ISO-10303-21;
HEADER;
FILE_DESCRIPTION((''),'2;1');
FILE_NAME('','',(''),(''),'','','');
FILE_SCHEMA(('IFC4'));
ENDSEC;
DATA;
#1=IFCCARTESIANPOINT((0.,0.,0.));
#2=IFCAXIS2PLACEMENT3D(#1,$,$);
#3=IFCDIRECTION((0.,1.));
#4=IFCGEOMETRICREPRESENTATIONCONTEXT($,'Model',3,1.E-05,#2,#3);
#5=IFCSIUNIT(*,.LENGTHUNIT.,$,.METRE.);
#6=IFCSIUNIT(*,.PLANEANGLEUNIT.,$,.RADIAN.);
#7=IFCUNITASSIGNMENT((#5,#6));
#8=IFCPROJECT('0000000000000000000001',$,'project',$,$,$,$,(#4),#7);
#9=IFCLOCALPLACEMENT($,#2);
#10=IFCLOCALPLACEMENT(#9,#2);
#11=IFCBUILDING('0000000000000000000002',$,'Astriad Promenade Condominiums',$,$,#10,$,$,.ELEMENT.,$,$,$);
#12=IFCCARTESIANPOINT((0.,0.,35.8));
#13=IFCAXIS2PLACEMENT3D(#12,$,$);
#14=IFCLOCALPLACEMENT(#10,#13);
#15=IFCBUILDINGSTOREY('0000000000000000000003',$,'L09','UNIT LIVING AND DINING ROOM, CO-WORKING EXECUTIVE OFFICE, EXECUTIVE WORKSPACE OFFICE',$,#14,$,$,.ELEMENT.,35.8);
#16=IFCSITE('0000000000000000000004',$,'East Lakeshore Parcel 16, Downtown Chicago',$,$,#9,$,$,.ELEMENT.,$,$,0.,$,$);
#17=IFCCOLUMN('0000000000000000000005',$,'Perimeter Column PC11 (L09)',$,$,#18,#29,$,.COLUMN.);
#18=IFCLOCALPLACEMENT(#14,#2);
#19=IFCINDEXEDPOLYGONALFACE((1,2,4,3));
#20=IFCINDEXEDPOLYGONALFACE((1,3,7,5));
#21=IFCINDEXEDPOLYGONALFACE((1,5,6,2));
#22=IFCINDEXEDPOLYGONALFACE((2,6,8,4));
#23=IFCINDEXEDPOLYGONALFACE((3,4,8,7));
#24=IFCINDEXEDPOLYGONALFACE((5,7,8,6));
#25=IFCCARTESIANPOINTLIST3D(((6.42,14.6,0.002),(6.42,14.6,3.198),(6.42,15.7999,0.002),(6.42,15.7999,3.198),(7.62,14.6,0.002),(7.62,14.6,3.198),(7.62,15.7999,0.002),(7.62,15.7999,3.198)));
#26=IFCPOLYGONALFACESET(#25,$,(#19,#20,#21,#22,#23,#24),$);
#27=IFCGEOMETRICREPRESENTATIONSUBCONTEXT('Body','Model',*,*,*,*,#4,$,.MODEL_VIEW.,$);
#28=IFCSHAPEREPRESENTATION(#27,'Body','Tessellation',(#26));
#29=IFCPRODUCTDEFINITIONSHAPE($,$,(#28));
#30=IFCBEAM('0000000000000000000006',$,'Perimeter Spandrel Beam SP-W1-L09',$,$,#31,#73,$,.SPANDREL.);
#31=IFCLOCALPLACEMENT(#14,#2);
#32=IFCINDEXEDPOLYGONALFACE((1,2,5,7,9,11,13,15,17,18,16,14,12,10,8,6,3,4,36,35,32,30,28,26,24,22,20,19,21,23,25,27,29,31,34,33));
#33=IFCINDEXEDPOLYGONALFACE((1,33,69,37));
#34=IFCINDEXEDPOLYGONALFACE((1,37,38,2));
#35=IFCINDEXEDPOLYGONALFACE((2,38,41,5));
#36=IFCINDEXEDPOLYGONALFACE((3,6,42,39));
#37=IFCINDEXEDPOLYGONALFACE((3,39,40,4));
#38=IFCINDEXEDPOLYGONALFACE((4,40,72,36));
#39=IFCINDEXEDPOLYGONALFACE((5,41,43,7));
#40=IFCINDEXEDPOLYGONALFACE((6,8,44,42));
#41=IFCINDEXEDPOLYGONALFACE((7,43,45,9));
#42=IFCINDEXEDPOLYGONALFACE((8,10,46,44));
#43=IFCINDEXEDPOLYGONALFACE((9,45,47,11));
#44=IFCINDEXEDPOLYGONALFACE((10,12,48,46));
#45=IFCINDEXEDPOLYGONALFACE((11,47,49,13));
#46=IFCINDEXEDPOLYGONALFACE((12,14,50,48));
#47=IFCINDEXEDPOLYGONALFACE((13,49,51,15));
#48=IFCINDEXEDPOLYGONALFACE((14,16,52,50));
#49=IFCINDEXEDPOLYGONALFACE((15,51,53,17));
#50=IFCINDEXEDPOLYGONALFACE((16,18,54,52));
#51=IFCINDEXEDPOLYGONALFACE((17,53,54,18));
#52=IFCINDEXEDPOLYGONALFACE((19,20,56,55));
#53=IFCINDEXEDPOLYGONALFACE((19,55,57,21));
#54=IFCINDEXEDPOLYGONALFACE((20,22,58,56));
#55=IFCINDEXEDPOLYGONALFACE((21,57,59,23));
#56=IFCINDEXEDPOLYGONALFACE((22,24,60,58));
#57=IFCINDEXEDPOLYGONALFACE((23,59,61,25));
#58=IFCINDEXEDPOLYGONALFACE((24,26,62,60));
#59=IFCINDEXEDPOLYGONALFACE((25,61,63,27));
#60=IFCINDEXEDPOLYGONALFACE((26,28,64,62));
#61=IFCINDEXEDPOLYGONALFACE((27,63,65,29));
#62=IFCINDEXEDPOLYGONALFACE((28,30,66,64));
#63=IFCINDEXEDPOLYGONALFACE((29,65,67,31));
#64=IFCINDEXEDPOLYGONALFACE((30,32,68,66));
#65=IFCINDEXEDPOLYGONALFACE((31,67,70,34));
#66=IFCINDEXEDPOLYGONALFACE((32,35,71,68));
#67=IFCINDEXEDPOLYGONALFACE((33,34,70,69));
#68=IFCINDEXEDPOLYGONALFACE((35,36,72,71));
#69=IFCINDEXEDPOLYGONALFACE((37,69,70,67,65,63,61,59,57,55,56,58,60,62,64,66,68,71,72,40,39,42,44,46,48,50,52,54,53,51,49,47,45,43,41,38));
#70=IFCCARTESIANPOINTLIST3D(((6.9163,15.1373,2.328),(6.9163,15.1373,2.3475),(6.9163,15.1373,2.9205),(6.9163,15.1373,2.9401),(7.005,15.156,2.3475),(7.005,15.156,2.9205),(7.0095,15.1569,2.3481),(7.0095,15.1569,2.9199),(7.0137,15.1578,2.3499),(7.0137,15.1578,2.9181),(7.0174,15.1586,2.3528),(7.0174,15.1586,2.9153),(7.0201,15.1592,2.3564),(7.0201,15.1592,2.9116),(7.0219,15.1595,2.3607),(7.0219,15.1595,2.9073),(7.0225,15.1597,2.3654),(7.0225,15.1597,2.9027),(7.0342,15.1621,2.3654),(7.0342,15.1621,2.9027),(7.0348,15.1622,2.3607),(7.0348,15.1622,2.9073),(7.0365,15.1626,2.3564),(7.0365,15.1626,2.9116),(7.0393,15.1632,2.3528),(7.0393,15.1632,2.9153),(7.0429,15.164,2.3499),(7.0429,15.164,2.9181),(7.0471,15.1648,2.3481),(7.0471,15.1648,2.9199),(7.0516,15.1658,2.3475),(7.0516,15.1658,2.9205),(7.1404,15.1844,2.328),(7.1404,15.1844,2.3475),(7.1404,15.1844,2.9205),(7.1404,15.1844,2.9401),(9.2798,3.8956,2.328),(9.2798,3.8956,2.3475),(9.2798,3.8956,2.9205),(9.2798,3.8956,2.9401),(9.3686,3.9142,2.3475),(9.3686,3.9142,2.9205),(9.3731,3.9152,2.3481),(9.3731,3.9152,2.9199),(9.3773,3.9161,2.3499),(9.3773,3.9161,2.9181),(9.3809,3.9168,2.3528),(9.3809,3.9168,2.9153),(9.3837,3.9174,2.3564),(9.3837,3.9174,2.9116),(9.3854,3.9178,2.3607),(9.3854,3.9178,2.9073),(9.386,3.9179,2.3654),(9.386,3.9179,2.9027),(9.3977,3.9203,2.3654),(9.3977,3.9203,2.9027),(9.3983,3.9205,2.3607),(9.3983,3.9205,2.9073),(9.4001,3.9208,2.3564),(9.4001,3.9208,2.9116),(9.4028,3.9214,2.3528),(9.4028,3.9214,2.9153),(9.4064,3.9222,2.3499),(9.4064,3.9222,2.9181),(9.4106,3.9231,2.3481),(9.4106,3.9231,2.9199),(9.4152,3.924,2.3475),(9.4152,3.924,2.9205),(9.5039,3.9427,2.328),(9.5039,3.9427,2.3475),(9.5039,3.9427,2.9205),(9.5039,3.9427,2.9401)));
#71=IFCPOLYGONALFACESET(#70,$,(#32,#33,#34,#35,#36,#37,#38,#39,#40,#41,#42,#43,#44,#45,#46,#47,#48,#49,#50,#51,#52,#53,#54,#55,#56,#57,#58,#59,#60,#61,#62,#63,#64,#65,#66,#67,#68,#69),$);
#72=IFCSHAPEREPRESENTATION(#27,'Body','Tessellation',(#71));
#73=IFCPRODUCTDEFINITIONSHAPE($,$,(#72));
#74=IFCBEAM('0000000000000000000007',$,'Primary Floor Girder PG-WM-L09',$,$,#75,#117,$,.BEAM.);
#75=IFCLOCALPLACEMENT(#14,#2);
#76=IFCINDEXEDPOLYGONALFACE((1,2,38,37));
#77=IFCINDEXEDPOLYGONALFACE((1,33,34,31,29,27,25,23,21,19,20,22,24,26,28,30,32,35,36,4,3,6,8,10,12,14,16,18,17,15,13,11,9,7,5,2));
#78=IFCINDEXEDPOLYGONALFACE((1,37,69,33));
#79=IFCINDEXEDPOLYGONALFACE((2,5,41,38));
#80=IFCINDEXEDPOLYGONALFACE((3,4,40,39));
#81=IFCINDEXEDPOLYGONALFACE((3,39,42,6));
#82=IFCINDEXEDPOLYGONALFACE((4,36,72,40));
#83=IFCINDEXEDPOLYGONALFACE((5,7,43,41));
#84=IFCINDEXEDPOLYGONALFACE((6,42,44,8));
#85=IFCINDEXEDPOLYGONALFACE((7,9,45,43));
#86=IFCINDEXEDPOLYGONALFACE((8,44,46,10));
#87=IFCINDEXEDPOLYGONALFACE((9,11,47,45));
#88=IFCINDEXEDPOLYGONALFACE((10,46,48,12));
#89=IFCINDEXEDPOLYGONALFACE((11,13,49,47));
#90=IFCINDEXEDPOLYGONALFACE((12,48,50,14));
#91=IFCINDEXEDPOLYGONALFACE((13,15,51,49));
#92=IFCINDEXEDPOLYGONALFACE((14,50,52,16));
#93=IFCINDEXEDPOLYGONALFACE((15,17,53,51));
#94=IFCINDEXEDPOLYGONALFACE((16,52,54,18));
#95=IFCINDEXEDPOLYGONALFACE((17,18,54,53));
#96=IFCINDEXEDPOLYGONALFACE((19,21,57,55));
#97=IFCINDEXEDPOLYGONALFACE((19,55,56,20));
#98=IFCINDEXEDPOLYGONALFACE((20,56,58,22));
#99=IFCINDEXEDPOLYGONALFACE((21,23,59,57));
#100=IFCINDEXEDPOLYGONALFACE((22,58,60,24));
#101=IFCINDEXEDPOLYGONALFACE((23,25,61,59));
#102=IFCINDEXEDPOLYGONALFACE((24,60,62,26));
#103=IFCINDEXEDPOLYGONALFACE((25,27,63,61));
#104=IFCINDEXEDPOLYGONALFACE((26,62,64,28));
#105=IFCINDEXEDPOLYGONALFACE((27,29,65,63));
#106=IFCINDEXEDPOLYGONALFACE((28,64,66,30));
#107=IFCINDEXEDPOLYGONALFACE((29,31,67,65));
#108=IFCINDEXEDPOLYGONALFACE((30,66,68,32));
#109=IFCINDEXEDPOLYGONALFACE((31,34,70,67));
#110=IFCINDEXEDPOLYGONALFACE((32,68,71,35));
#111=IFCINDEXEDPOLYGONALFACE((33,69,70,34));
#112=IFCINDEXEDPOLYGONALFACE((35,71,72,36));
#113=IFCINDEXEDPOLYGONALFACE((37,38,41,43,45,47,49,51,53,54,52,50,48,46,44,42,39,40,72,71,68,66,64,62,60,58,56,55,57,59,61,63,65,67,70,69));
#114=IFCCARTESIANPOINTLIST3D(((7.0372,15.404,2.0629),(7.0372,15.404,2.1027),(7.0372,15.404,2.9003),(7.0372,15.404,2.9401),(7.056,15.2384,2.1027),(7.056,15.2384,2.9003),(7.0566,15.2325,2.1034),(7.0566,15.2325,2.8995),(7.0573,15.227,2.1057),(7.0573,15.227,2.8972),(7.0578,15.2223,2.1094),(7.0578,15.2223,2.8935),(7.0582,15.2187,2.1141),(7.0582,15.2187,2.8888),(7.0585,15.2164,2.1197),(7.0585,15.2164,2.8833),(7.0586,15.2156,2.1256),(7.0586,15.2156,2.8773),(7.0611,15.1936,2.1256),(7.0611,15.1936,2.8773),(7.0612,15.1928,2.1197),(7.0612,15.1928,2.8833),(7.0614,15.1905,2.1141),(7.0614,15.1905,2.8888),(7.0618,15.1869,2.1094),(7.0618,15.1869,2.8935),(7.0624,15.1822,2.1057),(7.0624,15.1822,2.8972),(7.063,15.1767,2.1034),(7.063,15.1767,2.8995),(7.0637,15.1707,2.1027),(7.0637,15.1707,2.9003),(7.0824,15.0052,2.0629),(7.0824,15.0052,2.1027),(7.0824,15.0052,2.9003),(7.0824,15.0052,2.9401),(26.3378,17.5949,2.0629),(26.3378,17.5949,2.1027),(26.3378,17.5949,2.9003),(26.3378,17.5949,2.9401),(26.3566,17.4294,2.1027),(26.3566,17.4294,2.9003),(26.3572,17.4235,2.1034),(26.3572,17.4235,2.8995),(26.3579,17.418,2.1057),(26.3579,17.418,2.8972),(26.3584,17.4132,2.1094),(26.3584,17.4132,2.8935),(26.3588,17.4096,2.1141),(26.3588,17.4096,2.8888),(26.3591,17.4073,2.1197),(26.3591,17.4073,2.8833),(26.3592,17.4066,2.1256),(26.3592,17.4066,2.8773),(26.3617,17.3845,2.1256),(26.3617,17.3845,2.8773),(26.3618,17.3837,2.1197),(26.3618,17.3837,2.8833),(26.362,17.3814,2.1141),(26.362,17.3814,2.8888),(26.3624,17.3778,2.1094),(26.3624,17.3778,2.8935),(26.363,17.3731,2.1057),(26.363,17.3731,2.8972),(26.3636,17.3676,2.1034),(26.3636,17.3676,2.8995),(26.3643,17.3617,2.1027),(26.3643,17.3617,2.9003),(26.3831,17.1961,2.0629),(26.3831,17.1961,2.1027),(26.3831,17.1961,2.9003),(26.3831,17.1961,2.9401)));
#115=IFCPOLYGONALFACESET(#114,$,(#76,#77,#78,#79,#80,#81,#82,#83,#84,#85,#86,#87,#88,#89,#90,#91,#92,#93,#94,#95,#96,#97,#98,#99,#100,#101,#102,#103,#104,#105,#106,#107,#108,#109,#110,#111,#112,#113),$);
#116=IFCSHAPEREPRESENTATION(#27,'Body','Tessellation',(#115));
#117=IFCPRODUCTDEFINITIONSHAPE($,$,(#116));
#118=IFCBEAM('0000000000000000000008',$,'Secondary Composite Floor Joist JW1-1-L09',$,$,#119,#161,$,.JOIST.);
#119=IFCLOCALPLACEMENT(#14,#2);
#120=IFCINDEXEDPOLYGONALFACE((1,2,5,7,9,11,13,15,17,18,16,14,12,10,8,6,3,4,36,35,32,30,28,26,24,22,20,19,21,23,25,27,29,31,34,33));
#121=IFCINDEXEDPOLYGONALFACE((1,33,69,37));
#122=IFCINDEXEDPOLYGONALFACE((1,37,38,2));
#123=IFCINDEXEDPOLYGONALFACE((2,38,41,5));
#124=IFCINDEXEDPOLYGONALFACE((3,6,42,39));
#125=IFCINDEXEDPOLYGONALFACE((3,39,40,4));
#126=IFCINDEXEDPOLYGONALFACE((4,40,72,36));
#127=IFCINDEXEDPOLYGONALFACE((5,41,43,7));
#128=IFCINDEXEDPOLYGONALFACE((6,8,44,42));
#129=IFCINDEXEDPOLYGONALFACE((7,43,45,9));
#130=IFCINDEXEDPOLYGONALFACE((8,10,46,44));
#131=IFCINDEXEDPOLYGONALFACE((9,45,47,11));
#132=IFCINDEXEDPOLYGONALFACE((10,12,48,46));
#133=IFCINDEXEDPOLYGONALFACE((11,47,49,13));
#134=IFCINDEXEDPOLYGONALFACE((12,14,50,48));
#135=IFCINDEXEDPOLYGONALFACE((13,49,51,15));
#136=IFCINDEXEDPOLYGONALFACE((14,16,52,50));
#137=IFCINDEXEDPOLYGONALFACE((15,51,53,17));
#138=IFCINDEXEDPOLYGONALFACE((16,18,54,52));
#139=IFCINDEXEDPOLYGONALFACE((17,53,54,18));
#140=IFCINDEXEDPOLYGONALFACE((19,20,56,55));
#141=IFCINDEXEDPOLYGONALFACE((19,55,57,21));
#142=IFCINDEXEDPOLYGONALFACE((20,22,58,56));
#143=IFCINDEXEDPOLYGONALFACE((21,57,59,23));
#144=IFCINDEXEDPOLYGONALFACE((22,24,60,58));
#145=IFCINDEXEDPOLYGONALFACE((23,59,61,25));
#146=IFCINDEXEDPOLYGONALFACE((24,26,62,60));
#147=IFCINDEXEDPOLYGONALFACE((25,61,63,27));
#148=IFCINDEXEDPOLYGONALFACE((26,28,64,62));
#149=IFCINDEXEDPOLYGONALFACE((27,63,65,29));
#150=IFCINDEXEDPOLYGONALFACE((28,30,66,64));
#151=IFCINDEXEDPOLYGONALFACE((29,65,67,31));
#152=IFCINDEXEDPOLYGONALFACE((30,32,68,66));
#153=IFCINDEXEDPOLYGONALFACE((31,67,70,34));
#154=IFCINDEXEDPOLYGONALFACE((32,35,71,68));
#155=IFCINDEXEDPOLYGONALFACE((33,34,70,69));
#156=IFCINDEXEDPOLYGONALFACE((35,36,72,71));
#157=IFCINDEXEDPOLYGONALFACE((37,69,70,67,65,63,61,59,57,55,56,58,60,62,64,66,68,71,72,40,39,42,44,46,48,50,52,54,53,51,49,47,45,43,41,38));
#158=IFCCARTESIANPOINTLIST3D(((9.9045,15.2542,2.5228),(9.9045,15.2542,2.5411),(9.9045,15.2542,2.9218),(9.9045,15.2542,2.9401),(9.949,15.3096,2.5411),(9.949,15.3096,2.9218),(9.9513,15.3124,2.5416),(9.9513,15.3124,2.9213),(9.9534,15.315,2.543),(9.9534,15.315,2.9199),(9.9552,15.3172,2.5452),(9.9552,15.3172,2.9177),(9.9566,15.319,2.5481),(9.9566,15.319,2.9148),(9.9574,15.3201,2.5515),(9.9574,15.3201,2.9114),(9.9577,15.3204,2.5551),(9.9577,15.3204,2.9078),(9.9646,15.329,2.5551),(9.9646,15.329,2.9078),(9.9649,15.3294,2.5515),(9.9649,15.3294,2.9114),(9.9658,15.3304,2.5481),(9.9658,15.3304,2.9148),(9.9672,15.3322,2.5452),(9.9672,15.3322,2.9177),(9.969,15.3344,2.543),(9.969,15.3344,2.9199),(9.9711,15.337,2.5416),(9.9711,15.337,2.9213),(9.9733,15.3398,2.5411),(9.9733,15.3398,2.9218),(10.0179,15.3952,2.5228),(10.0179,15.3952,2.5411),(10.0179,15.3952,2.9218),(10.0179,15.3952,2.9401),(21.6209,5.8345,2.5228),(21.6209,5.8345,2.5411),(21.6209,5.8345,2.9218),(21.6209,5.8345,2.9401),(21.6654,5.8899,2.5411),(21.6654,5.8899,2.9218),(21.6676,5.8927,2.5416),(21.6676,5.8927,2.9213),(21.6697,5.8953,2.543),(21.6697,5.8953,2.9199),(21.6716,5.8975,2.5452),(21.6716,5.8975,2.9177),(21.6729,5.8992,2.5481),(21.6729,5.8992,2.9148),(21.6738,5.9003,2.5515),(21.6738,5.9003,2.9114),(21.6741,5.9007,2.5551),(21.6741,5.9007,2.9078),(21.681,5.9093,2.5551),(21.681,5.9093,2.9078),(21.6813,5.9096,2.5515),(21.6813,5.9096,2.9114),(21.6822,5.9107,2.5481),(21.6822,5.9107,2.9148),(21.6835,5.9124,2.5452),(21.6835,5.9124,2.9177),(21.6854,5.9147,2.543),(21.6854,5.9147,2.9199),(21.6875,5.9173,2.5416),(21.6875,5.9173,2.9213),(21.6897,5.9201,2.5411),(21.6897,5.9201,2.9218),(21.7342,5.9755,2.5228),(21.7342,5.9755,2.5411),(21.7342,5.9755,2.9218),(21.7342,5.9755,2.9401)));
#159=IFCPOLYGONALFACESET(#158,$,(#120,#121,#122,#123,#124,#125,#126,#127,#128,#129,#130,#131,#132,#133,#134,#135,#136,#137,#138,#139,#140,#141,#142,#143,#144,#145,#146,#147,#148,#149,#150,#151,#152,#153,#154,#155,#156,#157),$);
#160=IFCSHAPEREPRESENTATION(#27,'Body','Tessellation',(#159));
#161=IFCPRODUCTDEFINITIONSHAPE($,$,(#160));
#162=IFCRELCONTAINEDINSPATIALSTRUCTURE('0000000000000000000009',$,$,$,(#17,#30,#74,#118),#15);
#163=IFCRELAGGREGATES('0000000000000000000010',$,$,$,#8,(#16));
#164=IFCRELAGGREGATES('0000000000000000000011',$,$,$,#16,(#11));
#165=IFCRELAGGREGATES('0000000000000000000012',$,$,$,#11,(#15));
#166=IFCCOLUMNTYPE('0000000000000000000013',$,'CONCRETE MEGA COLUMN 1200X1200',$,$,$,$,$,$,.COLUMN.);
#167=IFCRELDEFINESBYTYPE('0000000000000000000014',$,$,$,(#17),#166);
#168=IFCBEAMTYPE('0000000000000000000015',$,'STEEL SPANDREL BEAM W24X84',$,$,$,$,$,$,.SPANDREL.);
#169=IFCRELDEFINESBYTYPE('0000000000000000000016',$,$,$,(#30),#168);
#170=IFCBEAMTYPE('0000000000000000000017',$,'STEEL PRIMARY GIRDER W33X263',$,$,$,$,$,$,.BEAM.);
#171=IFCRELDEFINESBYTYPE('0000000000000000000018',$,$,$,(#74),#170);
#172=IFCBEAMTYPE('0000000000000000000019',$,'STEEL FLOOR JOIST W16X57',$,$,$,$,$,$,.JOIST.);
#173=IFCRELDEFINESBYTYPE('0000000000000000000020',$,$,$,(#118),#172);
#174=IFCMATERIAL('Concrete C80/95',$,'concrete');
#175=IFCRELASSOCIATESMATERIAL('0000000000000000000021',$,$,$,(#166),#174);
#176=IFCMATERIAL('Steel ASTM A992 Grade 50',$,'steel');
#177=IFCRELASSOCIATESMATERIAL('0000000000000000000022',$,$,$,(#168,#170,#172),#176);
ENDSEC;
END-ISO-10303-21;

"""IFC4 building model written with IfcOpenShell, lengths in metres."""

from ifc_helpers import new_model, si_unit, direction, frame, origin, origin_2d, place, context, subcontext, project, spatial, rectangle, i_section, extrude, source, transform, mapped, material, material_profile, profile_set, type_object, type_shapes, element, save


model = new_model("IFC4")

# Units and contexts
model_context = context("Model", 3, precision=1e-05, world=origin(), true_north=direction((0.0, 1.0)))
body_context = subcontext(model_context, "Body", "Model", "MODEL_VIEW")
ifc_project = project(units=[si_unit("LENGTHUNIT", "METRE"), si_unit("PLANEANGLEUNIT", "RADIAN")], contexts=[model_context])

# Site, building, storey
site_placement = place(None, origin())
site = spatial("IfcSite", under=ifc_project, at=site_placement, Name="East Lakeshore Parcel 16, Downtown Chicago", CompositionType="ELEMENT", RefElevation=0.0)
building_placement = place(site_placement, origin())
building = spatial("IfcBuilding", under=site, at=building_placement, Name="Astriad Promenade Condominiums", CompositionType="ELEMENT")
storey_placement = place(building_placement, frame((0.0, 0.0, 35.8)))
storey = spatial("IfcBuildingStorey", under=building, at=storey_placement, Name="L09", Description="UNIT LIVING AND DINING ROOM, CO-WORKING EXECUTIVE OFFICE, EXECUTIVE WORKSPACE OFFICE", CompositionType="ELEMENT", Elevation=35.8)

# Column
ifc_material_1 = material(Name="Concrete C80/95", Category="concrete")
ifc_material_profile_1 = material_profile(ifc_material_1, rectangle(XDim=1.2, YDim=1.2, at=origin_2d()), Name="RC-COL-1200X1200")
ifc_profile_set_1 = profile_set([ifc_material_profile_1], Name="Concrete C80/95")
column_type = type_object("IfcColumnType", Name="CONCRETE MEGA COLUMN 1200X1200", PredefinedType="COLUMN", material=ifc_profile_set_1)
shared_shape_1 = source(origin(), body_context, "Body", "SweptSolid", [
    extrude(rectangle(XDim=1.2, YDim=1.2, at=origin_2d()), origin(), (0.0, 0.0, 1.0), 3.196),
])
type_shapes(column_type, [shared_shape_1])
column_placement = place(storey_placement, frame((7.02, 15.2, 0.002), z_axis=(0.0, 0.0, 1.0), x_axis=(1.0, 0.0, 0.0)))
element("IfcColumn", 1, at=column_placement, inside=storey, type_object=column_type, Name="Perimeter Column PC11 (L09)", PredefinedType="COLUMN", context=body_context, shape_type="MappedRepresentation", body=[
    mapped(shared_shape_1, transform((0.0, 0.0, 0.0), scale=1.0)),
])

# Beams
ifc_material_2 = material(Name="Steel ASTM A992 Grade 50", Category="steel")
ifc_material_profile_2 = material_profile(ifc_material_2, i_section(OverallWidth=0.229, OverallDepth=0.6121, WebThickness=0.012, FlangeThickness=0.0195, FilletRadius=0.0178, at=origin_2d()), Name="W24X84")
ifc_profile_set_2 = profile_set([ifc_material_profile_2], Name="Steel ASTM A992 Grade 50")
beam_type_1 = type_object("IfcBeamType", Name="STEEL SPANDREL BEAM W24X84", PredefinedType="SPANDREL", material=ifc_profile_set_2)
shared_shape_2 = source(origin(), body_context, "Body", "SweptSolid", [
    extrude(i_section(OverallWidth=0.229, OverallDepth=0.6121, WebThickness=0.012, FlangeThickness=0.0195, FilletRadius=0.0178, at=origin_2d()), origin(), (0.0, 0.0, 1.0), 11.4875),
])
type_shapes(beam_type_1, [shared_shape_2])
beam_1_placement = place(storey_placement, frame((7.0283, 15.1609, 2.634), z_axis=(0.205748, -0.978605, 0.0), x_axis=(0.978605, 0.205748, 0.0)))
element("IfcBeam", 2, at=beam_1_placement, inside=storey, type_object=beam_type_1, Name="Perimeter Spandrel Beam SP-W1-L09", PredefinedType="SPANDREL", context=body_context, shape_type="MappedRepresentation", body=[
    mapped(shared_shape_2, transform((0.0, 0.0, 0.0), scale=1.0)),
])
ifc_material_profile_3 = material_profile(ifc_material_2, i_section(OverallWidth=0.4014, OverallDepth=0.8772, WebThickness=0.0222, FlangeThickness=0.0398, FilletRadius=0.0229, at=origin_2d()), Name="W33X263")
ifc_profile_set_3 = profile_set([ifc_material_profile_3], Name="Steel ASTM A992 Grade 50")
beam_type_2 = type_object("IfcBeamType", Name="STEEL PRIMARY GIRDER W33X263", PredefinedType="BEAM", material=ifc_profile_set_3)
shared_shape_3 = source(origin(), body_context, "Body", "SweptSolid", [
    extrude(i_section(OverallWidth=0.4014, OverallDepth=0.8772, WebThickness=0.0222, FlangeThickness=0.0398, FilletRadius=0.0229, at=origin_2d()), origin(), (0.0, 0.0, 1.0), 19.4246),
])
type_shapes(beam_type_2, [shared_shape_3])
beam_2_placement = place(storey_placement, frame((7.0598, 15.2046, 2.5015), z_axis=(0.993619, 0.112792, 0.0), x_axis=(-0.112792, 0.993619, 0.0)))
element("IfcBeam", 3, at=beam_2_placement, inside=storey, type_object=beam_type_2, Name="Primary Floor Girder PG-WM-L09", PredefinedType="BEAM", context=body_context, shape_type="MappedRepresentation", body=[
    mapped(shared_shape_3, transform((0.0, 0.0, 0.0), scale=1.0)),
])
ifc_material_profile_4 = material_profile(ifc_material_2, i_section(OverallWidth=0.1809, OverallDepth=0.4172, WebThickness=0.011, FlangeThickness=0.0183, FilletRadius=0.0139, at=origin_2d()), Name="W16X57")
ifc_profile_set_4 = profile_set([ifc_material_profile_4], Name="Steel ASTM A992 Grade 50")
beam_type_3 = type_object("IfcBeamType", Name="STEEL FLOOR JOIST W16X57", PredefinedType="JOIST", material=ifc_profile_set_4)
shared_shape_4 = source(origin(), body_context, "Body", "SweptSolid", [
    extrude(i_section(OverallWidth=0.1809, OverallDepth=0.4172, WebThickness=0.011, FlangeThickness=0.0183, FilletRadius=0.0139, at=origin_2d()), origin(), (0.0, 0.0, 1.0), 15.0334),
])
beam_3_placement = place(storey_placement, frame((9.9612, 15.3247, 2.7314), z_axis=(0.779353, -0.626585, 0.0), x_axis=(0.626585, 0.779353, 0.0)))
element("IfcBeam", 4, at=beam_3_placement, inside=storey, type_object=beam_type_3, Name="Secondary Composite Floor Joist JW1-1-L09", PredefinedType="JOIST", context=body_context, shape_type="MappedRepresentation", body=[
    mapped(shared_shape_4, transform((0.0, 0.0, 0.0), scale=1.0)),
])

save(model, "model.ifc")
